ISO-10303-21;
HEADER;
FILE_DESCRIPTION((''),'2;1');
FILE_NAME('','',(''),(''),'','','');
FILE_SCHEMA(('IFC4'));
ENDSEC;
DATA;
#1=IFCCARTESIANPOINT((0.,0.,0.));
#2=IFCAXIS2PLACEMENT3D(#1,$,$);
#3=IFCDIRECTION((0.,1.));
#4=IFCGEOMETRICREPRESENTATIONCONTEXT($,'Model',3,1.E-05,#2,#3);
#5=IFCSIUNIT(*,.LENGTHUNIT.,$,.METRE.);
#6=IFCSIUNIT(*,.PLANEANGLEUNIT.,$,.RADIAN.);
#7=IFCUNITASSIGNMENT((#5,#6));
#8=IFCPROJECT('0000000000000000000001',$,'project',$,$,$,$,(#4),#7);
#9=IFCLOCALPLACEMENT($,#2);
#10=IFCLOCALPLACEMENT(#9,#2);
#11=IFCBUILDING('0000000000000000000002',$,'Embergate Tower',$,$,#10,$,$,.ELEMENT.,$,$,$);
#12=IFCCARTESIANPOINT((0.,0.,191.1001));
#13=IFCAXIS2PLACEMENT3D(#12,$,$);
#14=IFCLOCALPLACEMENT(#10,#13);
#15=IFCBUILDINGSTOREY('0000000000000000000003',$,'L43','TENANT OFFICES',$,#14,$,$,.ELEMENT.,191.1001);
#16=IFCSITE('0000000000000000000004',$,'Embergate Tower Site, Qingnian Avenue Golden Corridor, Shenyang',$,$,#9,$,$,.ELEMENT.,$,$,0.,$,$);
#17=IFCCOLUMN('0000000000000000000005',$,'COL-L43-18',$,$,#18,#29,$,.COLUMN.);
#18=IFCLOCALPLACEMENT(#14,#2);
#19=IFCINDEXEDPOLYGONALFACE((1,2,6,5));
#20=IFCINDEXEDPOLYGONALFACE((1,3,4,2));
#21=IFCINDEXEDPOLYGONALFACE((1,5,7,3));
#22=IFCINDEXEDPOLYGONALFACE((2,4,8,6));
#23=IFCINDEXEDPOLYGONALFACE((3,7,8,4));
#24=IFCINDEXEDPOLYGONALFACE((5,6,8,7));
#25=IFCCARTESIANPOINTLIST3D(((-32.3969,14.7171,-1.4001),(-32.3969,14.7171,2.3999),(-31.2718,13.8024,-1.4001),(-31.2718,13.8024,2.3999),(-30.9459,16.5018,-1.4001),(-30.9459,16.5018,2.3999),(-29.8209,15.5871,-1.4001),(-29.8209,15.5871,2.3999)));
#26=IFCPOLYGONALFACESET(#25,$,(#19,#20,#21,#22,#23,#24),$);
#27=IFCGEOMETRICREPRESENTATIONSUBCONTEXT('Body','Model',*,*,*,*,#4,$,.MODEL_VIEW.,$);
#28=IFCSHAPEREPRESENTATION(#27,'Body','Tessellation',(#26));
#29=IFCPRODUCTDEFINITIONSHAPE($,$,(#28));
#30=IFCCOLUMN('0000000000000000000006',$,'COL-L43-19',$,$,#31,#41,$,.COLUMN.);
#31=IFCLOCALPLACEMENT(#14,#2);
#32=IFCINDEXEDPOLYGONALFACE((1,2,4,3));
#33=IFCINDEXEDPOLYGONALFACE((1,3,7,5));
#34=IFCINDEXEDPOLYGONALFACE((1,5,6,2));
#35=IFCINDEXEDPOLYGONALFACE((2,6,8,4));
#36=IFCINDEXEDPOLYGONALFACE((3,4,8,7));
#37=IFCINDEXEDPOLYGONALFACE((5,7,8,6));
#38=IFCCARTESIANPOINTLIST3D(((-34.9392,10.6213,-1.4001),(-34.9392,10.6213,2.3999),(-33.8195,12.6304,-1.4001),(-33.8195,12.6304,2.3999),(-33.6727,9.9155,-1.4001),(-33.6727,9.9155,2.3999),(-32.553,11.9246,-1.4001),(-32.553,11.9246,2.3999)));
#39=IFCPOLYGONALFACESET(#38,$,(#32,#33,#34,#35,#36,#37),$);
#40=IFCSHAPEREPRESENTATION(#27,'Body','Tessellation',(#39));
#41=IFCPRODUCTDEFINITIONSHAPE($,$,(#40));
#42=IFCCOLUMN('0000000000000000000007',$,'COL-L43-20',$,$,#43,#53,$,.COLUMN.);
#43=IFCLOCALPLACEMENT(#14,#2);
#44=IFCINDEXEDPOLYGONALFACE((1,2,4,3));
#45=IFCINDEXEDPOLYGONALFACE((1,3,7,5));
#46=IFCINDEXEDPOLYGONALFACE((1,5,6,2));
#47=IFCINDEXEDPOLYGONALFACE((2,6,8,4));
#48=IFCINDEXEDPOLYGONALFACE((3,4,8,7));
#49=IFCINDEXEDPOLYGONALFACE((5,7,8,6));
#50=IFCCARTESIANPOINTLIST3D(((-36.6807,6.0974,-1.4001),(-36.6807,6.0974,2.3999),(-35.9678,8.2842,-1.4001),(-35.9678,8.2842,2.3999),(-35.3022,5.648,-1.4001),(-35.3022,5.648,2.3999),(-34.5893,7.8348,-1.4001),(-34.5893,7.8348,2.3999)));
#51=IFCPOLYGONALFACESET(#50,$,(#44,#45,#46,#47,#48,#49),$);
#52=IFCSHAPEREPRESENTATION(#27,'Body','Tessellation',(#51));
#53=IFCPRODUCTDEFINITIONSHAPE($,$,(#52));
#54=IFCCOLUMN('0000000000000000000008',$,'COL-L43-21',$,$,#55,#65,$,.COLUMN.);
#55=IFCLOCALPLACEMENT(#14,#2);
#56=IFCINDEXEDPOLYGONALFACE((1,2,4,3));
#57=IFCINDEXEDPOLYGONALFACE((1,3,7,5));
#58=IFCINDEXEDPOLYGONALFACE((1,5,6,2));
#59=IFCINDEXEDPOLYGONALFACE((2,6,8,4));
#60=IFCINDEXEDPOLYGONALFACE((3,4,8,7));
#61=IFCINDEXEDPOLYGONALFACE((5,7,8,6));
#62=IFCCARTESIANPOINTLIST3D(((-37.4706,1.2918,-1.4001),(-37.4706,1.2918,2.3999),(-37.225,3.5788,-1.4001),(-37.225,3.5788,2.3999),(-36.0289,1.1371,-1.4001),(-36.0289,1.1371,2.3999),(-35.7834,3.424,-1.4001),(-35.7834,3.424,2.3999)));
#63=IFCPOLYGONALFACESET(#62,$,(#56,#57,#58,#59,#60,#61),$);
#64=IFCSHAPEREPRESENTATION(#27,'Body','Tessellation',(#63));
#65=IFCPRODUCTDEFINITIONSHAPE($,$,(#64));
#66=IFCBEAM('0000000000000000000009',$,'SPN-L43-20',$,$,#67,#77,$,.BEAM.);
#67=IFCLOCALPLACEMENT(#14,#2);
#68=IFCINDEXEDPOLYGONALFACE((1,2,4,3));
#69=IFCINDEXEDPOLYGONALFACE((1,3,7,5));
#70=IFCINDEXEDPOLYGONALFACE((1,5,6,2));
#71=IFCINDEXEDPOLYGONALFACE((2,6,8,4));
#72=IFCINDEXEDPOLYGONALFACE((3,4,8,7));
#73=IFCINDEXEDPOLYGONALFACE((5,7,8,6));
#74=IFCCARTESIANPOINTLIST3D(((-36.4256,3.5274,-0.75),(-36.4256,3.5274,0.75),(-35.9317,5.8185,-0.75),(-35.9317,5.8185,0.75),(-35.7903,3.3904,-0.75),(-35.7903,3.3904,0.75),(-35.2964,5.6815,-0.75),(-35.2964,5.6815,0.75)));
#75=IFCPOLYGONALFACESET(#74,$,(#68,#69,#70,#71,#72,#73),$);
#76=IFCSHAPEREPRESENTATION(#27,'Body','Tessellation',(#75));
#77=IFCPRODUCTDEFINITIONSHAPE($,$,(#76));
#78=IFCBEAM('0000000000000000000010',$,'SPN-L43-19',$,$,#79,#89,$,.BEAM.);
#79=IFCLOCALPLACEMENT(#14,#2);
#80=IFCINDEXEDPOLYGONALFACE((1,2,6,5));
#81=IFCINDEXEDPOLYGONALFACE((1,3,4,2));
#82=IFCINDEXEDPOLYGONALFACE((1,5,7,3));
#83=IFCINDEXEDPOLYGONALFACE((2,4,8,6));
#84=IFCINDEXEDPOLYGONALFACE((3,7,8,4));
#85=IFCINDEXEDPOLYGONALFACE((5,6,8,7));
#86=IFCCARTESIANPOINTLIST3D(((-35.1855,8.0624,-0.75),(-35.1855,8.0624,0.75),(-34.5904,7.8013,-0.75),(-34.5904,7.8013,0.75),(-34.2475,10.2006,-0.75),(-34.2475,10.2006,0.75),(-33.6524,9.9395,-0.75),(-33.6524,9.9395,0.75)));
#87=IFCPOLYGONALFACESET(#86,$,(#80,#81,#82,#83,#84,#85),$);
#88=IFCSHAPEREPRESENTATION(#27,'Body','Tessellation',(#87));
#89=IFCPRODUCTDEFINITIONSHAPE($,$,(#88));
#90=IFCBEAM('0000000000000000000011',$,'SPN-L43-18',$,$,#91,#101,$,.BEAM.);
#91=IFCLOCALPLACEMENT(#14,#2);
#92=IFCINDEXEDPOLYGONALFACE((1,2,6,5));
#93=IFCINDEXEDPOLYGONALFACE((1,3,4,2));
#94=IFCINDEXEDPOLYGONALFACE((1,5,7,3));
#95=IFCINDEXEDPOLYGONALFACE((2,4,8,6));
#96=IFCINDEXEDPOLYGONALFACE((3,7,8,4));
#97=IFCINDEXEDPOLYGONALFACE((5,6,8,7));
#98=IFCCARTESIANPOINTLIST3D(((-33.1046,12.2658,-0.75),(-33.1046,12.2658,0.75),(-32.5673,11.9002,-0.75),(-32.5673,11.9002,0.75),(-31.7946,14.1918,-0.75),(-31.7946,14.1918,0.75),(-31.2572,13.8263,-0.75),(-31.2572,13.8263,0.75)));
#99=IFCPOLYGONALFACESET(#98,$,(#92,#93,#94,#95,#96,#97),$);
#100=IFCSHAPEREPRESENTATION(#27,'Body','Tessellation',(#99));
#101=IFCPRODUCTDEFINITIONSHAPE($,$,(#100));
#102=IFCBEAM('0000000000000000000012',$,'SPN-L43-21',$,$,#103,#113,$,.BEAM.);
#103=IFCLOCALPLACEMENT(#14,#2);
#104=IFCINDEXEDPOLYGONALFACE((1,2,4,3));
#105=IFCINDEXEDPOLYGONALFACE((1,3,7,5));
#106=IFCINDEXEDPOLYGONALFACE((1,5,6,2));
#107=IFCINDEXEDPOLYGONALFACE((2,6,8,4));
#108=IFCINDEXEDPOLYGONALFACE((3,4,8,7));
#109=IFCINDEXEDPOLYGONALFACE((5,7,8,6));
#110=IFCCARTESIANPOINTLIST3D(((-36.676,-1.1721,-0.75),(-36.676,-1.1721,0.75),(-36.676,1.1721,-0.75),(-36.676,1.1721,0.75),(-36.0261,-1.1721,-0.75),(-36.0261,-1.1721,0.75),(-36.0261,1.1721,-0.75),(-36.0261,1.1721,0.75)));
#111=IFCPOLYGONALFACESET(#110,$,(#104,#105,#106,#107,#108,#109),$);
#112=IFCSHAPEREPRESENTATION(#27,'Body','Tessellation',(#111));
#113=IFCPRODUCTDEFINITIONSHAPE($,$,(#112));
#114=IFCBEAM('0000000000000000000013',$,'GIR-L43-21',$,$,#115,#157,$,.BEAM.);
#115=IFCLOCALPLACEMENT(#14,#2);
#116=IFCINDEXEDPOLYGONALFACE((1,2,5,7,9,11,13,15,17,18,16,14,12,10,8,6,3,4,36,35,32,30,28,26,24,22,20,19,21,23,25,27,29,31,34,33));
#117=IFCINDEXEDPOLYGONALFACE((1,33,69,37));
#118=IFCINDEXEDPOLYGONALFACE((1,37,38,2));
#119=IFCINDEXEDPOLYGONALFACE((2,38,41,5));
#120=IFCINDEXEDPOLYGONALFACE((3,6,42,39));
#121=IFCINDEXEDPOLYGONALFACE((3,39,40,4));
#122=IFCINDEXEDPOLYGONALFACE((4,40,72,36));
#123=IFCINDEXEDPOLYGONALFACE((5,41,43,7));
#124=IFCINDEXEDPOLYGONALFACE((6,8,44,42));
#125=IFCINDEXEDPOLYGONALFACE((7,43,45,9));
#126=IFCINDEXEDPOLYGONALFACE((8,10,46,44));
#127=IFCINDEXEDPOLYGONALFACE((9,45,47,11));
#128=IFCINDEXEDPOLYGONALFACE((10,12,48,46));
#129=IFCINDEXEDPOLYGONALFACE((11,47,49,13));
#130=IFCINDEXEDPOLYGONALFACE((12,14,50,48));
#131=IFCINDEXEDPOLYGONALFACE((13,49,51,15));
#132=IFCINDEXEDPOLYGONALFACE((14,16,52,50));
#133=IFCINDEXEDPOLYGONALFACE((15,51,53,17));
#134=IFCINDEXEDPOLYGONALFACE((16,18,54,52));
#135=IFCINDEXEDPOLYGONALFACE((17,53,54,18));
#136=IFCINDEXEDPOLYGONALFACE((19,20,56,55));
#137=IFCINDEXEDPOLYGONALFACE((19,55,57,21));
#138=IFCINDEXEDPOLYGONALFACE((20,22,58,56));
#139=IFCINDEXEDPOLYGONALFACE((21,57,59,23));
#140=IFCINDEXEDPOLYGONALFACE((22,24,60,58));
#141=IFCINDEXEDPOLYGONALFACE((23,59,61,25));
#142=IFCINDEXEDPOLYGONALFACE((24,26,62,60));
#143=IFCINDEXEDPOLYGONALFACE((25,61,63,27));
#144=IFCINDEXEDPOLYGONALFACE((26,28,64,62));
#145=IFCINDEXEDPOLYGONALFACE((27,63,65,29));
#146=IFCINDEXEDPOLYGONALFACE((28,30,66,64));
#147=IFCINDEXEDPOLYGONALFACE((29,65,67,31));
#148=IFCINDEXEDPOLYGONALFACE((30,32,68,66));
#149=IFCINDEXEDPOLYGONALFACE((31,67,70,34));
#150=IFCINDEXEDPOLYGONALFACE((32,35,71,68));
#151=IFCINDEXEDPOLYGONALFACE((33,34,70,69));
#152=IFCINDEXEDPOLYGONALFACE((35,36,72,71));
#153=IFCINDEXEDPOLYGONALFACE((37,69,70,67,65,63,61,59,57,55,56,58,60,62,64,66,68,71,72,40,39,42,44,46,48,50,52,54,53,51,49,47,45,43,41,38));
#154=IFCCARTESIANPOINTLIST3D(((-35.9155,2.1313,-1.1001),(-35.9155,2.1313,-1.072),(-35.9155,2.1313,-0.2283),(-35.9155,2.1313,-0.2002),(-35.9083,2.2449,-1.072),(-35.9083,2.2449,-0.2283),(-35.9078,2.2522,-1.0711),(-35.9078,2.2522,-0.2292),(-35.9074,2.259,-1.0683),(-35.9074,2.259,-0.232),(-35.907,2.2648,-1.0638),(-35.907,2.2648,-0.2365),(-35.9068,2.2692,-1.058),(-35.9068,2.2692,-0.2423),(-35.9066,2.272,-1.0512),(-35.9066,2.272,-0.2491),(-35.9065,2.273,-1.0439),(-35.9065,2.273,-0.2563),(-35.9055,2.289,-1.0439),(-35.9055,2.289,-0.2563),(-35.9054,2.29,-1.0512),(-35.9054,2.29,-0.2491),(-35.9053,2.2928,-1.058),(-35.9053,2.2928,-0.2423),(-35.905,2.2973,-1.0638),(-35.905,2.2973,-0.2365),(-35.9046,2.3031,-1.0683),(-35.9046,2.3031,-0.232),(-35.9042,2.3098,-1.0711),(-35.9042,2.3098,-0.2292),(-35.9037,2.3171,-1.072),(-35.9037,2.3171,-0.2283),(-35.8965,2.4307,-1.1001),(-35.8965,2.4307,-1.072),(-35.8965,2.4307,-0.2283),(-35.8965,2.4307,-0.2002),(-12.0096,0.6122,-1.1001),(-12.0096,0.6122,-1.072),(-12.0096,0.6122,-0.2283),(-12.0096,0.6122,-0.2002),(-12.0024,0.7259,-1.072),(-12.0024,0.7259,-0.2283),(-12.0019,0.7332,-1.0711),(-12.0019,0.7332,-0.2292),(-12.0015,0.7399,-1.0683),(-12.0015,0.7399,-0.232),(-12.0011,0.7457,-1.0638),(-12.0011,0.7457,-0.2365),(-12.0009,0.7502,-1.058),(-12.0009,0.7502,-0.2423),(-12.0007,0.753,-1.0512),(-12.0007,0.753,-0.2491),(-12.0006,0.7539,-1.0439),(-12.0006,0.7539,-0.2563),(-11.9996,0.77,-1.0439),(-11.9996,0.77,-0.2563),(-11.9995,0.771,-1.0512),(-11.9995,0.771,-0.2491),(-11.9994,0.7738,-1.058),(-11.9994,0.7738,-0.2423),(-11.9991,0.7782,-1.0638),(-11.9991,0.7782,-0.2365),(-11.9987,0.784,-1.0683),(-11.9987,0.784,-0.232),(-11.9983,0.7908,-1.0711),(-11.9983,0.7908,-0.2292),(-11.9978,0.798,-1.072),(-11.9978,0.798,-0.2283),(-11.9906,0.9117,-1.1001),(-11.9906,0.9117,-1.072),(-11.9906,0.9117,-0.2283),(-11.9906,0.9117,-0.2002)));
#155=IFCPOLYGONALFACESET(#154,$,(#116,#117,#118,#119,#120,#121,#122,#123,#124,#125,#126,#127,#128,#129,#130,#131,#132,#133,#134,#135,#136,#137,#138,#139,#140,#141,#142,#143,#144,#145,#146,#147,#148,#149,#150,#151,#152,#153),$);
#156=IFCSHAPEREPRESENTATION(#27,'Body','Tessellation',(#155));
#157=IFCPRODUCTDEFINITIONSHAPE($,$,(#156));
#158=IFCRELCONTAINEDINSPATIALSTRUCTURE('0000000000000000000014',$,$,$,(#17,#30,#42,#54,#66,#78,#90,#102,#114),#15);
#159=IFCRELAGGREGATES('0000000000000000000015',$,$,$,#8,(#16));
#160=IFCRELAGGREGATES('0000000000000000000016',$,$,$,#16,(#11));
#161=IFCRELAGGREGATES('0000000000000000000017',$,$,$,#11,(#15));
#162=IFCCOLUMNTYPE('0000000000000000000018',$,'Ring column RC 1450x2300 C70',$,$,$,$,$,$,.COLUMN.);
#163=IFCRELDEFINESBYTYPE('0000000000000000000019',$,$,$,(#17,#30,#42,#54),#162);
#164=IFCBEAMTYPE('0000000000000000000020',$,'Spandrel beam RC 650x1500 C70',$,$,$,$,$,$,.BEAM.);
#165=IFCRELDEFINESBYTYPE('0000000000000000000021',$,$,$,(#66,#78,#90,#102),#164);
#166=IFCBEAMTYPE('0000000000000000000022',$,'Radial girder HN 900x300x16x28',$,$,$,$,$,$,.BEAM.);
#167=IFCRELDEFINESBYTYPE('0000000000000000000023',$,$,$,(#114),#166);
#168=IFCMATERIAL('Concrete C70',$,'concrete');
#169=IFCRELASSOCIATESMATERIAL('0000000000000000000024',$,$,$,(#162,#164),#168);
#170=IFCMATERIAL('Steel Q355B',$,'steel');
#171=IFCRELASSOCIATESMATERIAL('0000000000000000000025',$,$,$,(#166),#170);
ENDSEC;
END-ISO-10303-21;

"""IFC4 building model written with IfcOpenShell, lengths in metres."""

from ifc_helpers import new_model, si_unit, direction, frame, origin, origin_2d, place, context, subcontext, project, spatial, rectangle, i_section, extrude, source, transform, mapped, material, material_profile, profile_set, type_object, element, save


model = new_model("IFC4")

# Units and contexts
model_context = context("Model", 3, precision=1e-05, world=origin(), true_north=direction((0.0, 1.0)))
body_context = subcontext(model_context, "Body", "Model", "MODEL_VIEW")
ifc_project = project(units=[si_unit("LENGTHUNIT", "METRE"), si_unit("PLANEANGLEUNIT", "RADIAN")], contexts=[model_context])

# Site, building, storey
site_placement = place(None, origin())
site = spatial("IfcSite", under=ifc_project, at=site_placement, Name="Embergate Tower Site, Qingnian Avenue Golden Corridor, Shenyang", CompositionType="ELEMENT", RefElevation=0.0)
building_placement = place(site_placement, origin())
building = spatial("IfcBuilding", under=site, at=building_placement, Name="Embergate Tower", CompositionType="ELEMENT")
storey_placement = place(building_placement, frame((0.0, 0.0, 191.1001)))
storey = spatial("IfcBuildingStorey", under=building, at=storey_placement, Name="L43", Description="TENANT OFFICES", CompositionType="ELEMENT", Elevation=191.1001)

# Columns
ifc_material_1 = material(Name="Concrete C70", Category="concrete")
ifc_material_profile_1 = material_profile(ifc_material_1, rectangle(XDim=1.45, YDim=2.3, at=origin_2d()), Name="RC 1450x2300")
ifc_profile_set_1 = profile_set([ifc_material_profile_1], Name="Concrete C70")
column_type = type_object("IfcColumnType", Name="Ring column RC 1450x2300 C70", PredefinedType="COLUMN", material=ifc_profile_set_1)
shared_shape_1 = source(origin(), body_context, "Body", "SweptSolid", [
    extrude(rectangle(XDim=1.45, YDim=2.3, at=origin_2d()), origin(), (0.0, 0.0, 1.0), 3.8),
])
for number, where, z_axis, x_axis, name in (
    (1, (-31.1089, 15.1521, -1.4001), (0.0, 0.0, 1.0), (-0.775925, 0.630825, 0.0), "COL-L43-18"),
    (2, (-33.7461, 11.2729, -1.4001), (0.0, 0.0, 1.0), (-0.8735, 0.486823, 0.0), "COL-L43-19"),
    (3, (-35.635, 6.9661, -1.4001), (0.0, 0.0, 1.0), (-0.950754, 0.309946, 0.0), "COL-L43-20"),
    (4, (-36.627, 2.3579, -1.4001), (0.0, 0.0, 1.0), (-0.994286, 0.10675, 0.0), "COL-L43-21"),
):
    element("IfcColumn", number, at=place(storey_placement, frame(where, z_axis=z_axis, x_axis=x_axis)), inside=storey, type_object=column_type, Name=name, PredefinedType="COLUMN", context=body_context, shape_type="MappedRepresentation", body=[
        mapped(shared_shape_1, transform((0.0, 0.0, 0.0))),
    ])

# Beams
ifc_material_profile_2 = material_profile(ifc_material_1, rectangle(XDim=0.6499, YDim=1.5, at=origin_2d()), Name="RC 650x1500")
ifc_profile_set_2 = profile_set([ifc_material_profile_2], Name="Concrete C70")
beam_type_1 = type_object("IfcBeamType", Name="Spandrel beam RC 650x1500 C70", PredefinedType="BEAM", material=ifc_profile_set_2)
shared_shape_2 = source(origin(), body_context, "Body", "SweptSolid", [
    extrude(rectangle(XDim=0.6499, YDim=1.5, at=origin_2d()), origin(), (0.0, 0.0, 1.0), 2.3438),
])
beam_1_placement = place(storey_placement, frame((-35.614, 5.75, 0.0), z_axis=(-0.210738, -0.977543, 0.0), x_axis=(0.977543, -0.210738, 0.0)))
element("IfcBeam", 5, at=beam_1_placement, inside=storey, type_object=beam_type_1, Name="SPN-L43-20", PredefinedType="BEAM", context=body_context, shape_type="MappedRepresentation", body=[
    mapped(shared_shape_2, transform((0.0, 0.0, 0.0))),
])
shared_shape_3 = source(origin(), body_context, "Body", "SweptSolid", [
    extrude(rectangle(XDim=0.6499, YDim=1.5, at=origin_2d()), origin(), (0.0, 0.0, 1.0), 2.335),
])
beam_2_placement = place(storey_placement, frame((-33.95, 10.0701, 0.0), z_axis=(-0.401729, -0.915759, 0.0), x_axis=(0.915759, -0.401729, 0.0)))
element("IfcBeam", 6, at=beam_2_placement, inside=storey, type_object=beam_type_1, Name="SPN-L43-19", PredefinedType="BEAM", context=body_context, shape_type="MappedRepresentation", body=[
    mapped(shared_shape_3, transform((0.0, 0.0, 0.0))),
])
shared_shape_4 = source(origin(), body_context, "Body", "SweptSolid", [
    extrude(rectangle(XDim=0.6499, YDim=1.5, at=origin_2d()), origin(), (0.0, 0.0, 1.0), 2.3293),
])
beam_3_placement = place(storey_placement, frame((-31.5259, 14.009, 0.0), z_axis=(-0.562416, -0.826854, 0.0), x_axis=(0.826854, -0.562416, 0.0)))
element("IfcBeam", 7, at=beam_3_placement, inside=storey, type_object=beam_type_1, Name="SPN-L43-18", PredefinedType="BEAM", context=body_context, shape_type="MappedRepresentation", body=[
    mapped(shared_shape_4, transform((0.0, 0.0, 0.0))),
])
shared_shape_5 = source(origin(), body_context, "Body", "SweptSolid", [
    extrude(rectangle(XDim=0.6499, YDim=1.5, at=origin_2d()), origin(), (0.0, 0.0, 1.0), 2.3442),
])
beam_4_placement = place(storey_placement, frame((-36.3511, 1.1721, 0.0), z_axis=(0.0, -1.0, 0.0), x_axis=(1.0, 0.0, 0.0)))
element("IfcBeam", 8, at=beam_4_placement, inside=storey, type_object=beam_type_1, Name="SPN-L43-21", PredefinedType="BEAM", context=body_context, shape_type="MappedRepresentation", body=[
    mapped(shared_shape_5, transform((0.0, 0.0, 0.0))),
])
ifc_material_2 = material(Name="Steel Q355B", Category="steel")
ifc_material_profile_3 = material_profile(ifc_material_2, i_section(OverallWidth=0.3, OverallDepth=0.8999, WebThickness=0.0161, FlangeThickness=0.0281, FilletRadius=0.0281, at=origin_2d()), Name="HN 900x300x16x28")
ifc_profile_set_3 = profile_set([ifc_material_profile_3], Name="Steel Q355 grade B")
beam_type_2 = type_object("IfcBeamType", Name="Radial girder HN 900x300x16x28", PredefinedType="BEAM", material=ifc_profile_set_3)
shared_shape_6 = source(origin(), body_context, "Body", "SweptSolid", [
    extrude(i_section(OverallWidth=0.3, OverallDepth=0.8999, WebThickness=0.0161, FlangeThickness=0.0281, FilletRadius=0.0281, at=origin_2d()), origin(), (0.0, 0.0, 1.0), 23.9541),
])
beam_5_placement = place(storey_placement, frame((-35.906, 2.281, -0.6501), z_axis=(0.997987, -0.063414, 0.0), x_axis=(0.063414, 0.997987, 0.0)))
element("IfcBeam", 9, at=beam_5_placement, inside=storey, type_object=beam_type_2, Name="GIR-L43-21", PredefinedType="BEAM", context=body_context, shape_type="MappedRepresentation", body=[
    mapped(shared_shape_6, transform((0.0, 0.0, 0.0))),
])

save(model, "model.ifc")
